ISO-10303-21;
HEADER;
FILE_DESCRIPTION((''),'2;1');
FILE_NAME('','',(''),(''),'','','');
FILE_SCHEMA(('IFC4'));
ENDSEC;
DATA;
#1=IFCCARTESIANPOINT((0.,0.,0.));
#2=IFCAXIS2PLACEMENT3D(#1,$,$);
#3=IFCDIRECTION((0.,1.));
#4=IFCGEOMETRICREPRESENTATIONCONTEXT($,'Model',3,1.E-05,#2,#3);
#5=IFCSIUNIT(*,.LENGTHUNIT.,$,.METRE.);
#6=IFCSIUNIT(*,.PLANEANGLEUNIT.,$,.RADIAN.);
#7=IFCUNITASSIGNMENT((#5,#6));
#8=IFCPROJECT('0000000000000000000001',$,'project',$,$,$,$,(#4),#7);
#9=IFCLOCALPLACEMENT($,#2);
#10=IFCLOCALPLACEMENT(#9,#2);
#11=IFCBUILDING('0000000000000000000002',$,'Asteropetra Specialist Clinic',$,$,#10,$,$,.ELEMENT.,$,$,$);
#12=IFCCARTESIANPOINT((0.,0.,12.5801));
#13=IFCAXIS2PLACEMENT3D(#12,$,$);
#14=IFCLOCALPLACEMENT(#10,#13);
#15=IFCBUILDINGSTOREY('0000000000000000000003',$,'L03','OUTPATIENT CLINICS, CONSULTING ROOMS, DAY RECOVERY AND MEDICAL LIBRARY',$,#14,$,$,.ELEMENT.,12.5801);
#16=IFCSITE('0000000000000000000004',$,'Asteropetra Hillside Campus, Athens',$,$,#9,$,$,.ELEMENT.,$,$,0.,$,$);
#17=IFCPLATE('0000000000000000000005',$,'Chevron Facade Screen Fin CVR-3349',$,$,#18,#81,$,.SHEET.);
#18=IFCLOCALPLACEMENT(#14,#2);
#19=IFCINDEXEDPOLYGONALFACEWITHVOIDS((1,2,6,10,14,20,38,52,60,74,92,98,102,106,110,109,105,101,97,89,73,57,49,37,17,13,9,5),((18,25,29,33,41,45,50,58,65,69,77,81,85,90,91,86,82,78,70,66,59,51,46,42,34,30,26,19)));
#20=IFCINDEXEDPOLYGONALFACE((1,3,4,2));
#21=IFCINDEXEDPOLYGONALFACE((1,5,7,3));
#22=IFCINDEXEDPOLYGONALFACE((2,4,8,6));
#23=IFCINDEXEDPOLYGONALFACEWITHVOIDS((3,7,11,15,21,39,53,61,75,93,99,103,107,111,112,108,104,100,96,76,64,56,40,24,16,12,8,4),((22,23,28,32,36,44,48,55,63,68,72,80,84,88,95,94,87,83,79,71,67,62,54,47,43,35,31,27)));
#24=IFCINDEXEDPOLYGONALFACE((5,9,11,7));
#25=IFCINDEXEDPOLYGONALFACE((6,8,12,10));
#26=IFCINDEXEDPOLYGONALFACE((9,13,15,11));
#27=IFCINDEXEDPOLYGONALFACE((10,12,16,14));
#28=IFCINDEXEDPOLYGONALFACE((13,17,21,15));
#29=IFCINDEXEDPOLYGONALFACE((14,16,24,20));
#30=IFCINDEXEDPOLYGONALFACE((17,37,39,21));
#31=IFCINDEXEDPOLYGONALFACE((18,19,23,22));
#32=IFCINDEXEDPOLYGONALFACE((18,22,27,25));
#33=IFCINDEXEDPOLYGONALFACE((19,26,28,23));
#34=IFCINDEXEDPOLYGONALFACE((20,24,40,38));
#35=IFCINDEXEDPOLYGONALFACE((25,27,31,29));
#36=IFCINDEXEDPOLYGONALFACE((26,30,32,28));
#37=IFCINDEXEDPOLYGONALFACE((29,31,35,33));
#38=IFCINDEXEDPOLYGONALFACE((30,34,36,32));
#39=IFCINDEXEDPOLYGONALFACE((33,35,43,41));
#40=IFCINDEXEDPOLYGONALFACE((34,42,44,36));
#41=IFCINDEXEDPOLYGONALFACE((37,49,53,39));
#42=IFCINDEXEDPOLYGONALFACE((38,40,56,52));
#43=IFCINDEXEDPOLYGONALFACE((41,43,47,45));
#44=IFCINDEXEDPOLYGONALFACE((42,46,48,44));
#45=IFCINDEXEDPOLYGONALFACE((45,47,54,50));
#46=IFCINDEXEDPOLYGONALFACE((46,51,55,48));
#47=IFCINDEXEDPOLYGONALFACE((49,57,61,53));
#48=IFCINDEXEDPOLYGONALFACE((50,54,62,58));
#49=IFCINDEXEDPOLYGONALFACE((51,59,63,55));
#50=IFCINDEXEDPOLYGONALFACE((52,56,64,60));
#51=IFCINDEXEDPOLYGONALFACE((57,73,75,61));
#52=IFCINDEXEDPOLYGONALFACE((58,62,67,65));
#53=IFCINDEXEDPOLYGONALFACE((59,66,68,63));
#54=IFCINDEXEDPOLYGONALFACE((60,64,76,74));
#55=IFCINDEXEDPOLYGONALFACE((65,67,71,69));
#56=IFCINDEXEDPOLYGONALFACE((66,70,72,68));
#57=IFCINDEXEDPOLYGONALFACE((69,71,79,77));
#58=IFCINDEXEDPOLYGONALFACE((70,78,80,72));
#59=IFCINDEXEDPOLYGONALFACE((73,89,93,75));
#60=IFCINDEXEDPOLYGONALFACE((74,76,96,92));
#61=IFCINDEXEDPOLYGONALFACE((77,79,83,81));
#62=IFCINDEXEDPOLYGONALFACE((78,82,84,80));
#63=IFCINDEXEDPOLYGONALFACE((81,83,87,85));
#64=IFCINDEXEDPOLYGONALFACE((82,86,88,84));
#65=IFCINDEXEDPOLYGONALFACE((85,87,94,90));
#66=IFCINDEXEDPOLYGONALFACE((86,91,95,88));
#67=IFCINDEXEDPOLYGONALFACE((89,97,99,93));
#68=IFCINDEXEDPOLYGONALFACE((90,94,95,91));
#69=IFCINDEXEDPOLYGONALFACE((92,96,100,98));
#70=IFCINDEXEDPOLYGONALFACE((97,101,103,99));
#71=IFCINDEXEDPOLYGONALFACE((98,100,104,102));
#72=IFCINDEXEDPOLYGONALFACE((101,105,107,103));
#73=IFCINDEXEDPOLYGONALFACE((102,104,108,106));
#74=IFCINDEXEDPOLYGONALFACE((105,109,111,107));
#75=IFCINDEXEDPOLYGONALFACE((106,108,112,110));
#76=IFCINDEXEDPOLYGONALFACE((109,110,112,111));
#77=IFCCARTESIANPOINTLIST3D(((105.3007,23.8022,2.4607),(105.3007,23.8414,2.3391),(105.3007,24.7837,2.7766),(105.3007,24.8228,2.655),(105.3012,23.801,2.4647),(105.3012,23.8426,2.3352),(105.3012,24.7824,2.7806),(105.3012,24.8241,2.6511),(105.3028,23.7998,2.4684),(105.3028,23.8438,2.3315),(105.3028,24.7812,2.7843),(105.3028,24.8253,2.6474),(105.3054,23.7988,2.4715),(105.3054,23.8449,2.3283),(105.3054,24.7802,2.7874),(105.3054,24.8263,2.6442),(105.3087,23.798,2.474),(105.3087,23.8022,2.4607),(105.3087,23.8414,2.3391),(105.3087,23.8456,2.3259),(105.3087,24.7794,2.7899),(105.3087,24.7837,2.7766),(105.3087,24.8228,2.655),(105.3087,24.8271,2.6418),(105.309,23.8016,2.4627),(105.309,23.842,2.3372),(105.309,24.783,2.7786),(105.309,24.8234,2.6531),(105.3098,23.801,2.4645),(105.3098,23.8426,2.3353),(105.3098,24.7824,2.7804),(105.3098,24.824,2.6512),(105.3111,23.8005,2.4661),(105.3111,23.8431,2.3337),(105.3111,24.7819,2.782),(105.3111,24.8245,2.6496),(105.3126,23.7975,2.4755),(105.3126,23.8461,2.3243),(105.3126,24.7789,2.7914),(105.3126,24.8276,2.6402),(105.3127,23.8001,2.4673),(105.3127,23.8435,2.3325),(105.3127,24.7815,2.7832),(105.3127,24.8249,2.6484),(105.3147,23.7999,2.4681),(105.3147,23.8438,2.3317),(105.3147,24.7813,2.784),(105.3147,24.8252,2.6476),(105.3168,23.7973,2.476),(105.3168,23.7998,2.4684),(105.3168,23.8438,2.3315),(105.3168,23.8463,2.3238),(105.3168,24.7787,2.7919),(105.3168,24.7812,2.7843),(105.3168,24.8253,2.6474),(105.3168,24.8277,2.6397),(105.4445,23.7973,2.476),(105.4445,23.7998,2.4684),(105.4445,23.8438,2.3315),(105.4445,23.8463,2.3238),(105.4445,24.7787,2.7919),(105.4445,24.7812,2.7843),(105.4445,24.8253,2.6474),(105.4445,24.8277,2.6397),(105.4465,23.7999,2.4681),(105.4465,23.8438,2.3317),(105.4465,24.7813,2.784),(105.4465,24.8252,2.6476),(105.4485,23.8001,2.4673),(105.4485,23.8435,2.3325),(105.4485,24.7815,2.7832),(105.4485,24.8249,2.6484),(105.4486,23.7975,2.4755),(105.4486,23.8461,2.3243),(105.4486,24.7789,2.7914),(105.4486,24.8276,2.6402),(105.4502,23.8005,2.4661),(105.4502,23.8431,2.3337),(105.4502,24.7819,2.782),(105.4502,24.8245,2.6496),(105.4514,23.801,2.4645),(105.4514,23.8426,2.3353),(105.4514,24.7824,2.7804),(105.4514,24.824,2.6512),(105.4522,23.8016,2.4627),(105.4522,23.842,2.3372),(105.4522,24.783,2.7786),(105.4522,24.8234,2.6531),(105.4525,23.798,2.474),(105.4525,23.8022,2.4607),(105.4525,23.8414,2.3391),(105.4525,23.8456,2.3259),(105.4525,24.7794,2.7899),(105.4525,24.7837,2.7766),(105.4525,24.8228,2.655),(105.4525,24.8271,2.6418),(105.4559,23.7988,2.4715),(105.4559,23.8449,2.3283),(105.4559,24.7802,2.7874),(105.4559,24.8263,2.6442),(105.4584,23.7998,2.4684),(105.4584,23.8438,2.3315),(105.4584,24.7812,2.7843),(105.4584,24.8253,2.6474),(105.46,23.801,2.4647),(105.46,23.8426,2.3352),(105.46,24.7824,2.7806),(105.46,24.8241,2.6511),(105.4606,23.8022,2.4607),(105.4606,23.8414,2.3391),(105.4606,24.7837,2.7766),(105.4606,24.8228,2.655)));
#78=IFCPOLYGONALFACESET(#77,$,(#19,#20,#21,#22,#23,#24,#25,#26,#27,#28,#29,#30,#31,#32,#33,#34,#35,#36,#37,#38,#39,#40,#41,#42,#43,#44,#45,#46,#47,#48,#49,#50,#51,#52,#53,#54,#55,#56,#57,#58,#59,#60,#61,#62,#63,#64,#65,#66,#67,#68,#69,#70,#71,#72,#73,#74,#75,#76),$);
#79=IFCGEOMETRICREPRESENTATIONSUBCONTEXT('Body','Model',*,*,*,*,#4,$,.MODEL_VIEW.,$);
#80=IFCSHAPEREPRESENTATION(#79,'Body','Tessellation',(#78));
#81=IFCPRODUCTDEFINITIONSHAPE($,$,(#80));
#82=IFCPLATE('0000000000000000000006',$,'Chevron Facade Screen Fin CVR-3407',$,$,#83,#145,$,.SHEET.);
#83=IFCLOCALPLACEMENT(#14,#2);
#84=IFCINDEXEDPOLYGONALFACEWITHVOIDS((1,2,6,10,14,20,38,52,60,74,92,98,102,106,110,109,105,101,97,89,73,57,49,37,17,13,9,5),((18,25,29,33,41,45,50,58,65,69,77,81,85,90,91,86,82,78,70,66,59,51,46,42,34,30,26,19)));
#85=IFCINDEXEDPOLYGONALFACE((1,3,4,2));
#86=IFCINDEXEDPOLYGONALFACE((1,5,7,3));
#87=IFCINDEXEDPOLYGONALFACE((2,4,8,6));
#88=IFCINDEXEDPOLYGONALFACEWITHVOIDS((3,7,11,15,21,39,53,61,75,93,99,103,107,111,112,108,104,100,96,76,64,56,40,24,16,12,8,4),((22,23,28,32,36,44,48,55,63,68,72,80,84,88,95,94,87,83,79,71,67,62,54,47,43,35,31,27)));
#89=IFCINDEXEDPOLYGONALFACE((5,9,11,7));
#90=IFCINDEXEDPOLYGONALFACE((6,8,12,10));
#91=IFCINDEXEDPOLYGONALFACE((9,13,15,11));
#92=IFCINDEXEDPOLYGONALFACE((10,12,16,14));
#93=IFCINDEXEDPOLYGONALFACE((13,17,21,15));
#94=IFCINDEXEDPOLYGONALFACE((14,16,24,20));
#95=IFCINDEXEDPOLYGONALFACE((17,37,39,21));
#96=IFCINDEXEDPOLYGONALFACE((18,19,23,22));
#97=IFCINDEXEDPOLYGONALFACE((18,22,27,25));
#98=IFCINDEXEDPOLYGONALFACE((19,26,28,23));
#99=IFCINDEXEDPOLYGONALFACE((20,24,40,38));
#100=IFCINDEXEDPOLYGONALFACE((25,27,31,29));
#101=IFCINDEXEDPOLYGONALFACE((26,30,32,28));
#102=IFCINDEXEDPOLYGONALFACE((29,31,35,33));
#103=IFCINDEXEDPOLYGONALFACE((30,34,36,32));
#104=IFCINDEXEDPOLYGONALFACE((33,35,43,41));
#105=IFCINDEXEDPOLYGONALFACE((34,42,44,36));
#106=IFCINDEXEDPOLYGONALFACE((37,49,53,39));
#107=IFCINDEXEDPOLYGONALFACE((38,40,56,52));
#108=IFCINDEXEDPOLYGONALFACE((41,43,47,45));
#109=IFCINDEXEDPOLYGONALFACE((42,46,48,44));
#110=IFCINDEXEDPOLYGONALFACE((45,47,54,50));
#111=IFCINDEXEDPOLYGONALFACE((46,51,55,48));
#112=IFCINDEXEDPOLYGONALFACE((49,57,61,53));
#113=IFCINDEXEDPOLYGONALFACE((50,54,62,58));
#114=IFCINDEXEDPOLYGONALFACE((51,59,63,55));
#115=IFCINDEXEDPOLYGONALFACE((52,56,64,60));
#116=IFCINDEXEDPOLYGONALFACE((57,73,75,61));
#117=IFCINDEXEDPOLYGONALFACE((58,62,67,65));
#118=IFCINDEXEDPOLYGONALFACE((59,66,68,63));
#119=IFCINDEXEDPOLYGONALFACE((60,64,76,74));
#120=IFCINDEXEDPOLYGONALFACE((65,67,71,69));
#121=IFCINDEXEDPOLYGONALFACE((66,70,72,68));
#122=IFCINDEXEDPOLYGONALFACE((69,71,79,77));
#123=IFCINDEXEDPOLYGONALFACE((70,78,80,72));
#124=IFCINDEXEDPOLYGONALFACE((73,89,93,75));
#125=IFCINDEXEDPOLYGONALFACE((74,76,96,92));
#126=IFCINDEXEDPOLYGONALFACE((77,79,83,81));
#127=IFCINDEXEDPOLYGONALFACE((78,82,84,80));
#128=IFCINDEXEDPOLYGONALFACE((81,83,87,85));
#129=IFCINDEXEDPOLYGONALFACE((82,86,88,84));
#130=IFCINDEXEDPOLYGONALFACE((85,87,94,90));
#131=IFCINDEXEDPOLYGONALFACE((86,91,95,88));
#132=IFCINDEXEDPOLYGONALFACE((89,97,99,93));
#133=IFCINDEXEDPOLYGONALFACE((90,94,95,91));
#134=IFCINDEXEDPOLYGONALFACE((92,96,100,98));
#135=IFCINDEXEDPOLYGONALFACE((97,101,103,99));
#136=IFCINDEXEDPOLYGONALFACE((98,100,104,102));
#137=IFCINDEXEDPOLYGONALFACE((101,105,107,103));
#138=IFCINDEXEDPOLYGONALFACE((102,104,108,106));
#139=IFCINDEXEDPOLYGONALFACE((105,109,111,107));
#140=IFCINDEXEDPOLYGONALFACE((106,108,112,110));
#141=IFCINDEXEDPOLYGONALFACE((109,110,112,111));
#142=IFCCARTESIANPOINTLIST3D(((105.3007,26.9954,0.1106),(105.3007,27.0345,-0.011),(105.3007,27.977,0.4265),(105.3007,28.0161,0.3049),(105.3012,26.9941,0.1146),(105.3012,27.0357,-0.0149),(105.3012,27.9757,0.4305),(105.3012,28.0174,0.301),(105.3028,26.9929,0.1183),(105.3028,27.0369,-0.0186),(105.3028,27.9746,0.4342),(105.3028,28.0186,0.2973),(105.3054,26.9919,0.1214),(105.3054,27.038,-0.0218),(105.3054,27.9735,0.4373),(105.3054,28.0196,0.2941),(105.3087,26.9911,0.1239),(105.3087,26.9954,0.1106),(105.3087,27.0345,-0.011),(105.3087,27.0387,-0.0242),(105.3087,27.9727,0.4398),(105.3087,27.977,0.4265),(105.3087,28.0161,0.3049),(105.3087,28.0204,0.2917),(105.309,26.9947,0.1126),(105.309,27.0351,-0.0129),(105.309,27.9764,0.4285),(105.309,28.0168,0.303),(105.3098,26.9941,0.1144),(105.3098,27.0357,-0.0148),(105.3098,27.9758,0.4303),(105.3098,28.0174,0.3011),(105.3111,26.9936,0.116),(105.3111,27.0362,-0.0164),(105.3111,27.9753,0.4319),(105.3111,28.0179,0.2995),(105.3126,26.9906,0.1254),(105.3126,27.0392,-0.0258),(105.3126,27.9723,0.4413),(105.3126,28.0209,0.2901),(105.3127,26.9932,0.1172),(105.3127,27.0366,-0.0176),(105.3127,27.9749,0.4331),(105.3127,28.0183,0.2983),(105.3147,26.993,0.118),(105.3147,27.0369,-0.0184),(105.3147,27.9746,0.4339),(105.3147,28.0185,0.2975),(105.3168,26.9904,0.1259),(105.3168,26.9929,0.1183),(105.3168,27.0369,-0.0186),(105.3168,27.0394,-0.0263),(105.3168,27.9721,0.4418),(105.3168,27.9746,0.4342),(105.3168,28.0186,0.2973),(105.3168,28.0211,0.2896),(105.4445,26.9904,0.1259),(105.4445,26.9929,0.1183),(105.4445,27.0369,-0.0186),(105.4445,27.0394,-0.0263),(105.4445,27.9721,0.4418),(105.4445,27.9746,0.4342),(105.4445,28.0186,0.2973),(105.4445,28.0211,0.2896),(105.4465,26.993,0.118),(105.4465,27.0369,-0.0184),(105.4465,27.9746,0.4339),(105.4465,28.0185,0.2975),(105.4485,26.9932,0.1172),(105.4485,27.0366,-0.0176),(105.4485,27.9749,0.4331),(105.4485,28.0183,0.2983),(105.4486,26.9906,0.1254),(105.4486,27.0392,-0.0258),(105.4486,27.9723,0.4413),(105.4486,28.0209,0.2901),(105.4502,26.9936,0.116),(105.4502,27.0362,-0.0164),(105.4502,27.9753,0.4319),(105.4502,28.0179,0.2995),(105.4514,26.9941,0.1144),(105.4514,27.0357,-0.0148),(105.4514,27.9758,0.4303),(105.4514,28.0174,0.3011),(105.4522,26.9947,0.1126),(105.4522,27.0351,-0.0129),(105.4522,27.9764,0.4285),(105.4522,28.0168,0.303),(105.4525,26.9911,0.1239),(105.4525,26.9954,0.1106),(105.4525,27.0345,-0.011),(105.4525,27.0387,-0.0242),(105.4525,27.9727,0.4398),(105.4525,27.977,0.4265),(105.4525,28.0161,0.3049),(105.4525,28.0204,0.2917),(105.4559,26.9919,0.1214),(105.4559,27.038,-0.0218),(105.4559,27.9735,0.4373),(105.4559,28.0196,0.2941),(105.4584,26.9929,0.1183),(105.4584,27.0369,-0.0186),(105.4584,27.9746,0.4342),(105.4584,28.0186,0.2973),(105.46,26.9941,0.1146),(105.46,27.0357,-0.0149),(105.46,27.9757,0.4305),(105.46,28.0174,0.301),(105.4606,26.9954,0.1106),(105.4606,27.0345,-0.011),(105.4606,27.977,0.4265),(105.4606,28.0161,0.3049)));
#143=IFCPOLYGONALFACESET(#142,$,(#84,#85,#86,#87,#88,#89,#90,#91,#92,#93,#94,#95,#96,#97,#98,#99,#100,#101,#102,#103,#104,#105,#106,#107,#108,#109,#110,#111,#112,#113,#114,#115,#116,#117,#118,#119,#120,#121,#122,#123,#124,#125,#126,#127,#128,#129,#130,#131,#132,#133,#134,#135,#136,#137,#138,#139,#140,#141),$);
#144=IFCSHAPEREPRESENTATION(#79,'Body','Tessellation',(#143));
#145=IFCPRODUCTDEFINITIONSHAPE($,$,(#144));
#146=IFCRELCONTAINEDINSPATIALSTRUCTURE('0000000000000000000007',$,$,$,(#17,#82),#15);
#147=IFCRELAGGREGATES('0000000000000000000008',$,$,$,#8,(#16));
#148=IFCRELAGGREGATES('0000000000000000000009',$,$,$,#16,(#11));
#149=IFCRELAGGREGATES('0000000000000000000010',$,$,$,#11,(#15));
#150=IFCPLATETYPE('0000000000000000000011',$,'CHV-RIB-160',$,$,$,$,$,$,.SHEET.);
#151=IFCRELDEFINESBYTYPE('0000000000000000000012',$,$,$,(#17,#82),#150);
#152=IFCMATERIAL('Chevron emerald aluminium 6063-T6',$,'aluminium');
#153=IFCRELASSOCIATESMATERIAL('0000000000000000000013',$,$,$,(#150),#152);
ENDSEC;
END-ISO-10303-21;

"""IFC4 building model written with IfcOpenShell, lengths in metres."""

from ifc_helpers import new_model, si_unit, direction, frame, origin, origin_2d, place, context, subcontext, project, spatial, hollow_rectangle, extrude, material, material_profile, profile_set, type_object, element, save


model = new_model("IFC4")

# Units and contexts
model_context = context("Model", 3, precision=1e-05, world=origin(), true_north=direction((0.0, 1.0)))
body_context = subcontext(model_context, "Body", "Model", "MODEL_VIEW")
ifc_project = project(units=[si_unit("LENGTHUNIT", "METRE"), si_unit("PLANEANGLEUNIT", "RADIAN")], contexts=[model_context])

# Site, building, storey
site_placement = place(None, origin())
site = spatial("IfcSite", under=ifc_project, at=site_placement, Name="Asteropetra Hillside Campus, Athens", CompositionType="ELEMENT", RefElevation=0.0)
building_placement = place(site_placement, origin())
building = spatial("IfcBuilding", under=site, at=building_placement, Name="Asteropetra Specialist Clinic", CompositionType="ELEMENT")
storey_placement = place(building_placement, frame((0.0, 0.0, 12.5801)))
storey = spatial("IfcBuildingStorey", under=building, at=storey_placement, Name="L03", Description="OUTPATIENT CLINICS, CONSULTING ROOMS, DAY RECOVERY AND MEDICAL LIBRARY", CompositionType="ELEMENT", Elevation=12.5801)

# Plates
ifc_material_1 = material(Name="Chevron emerald aluminium 6063-T6", Category="aluminium")
ifc_material_profile_1 = material_profile(ifc_material_1, hollow_rectangle(XDim=0.1599, YDim=0.1599, WallThickness=0.0081, InnerFilletRadius=0.0081, OuterFilletRadius=0.0161, at=origin_2d()), Name="SHS 160x160x8.0")
ifc_profile_set_1 = profile_set([ifc_material_profile_1], Name="Chevron emerald aluminium 6063-T6")
plate_type_1 = type_object("IfcPlateType", Name="CHV-RIB-160", PredefinedType="SHEET", material=ifc_profile_set_1)
plate_1_placement = place(storey_placement, frame((105.3806, 24.8032, 2.7158), z_axis=(0.0, -0.9519, -0.306408), x_axis=(1.0, 0.0, 0.0)))
element("IfcPlate", 1, at=plate_1_placement, inside=storey, type_object=plate_type_1, Name="Chevron Facade Screen Fin CVR-3349", PredefinedType="SHEET", context=body_context, shape_type="SweptSolid", body=[
    extrude(hollow_rectangle(XDim=0.1599, YDim=0.1599, WallThickness=0.0081, InnerFilletRadius=0.0081, OuterFilletRadius=0.0161, at=origin_2d()), origin(), (0.0, 0.0, 1.0), 1.031),
])
for number, where, z_axis, x_axis, name in (
    (2, (105.3806, 27.9966, 0.3657), (0.0, -0.951923, -0.306339), (1.0, 0.0, 0.0), "Chevron Facade Screen Fin CVR-3407"),
):
    element("IfcPlate", number, at=place(storey_placement, frame(where, z_axis=z_axis, x_axis=x_axis)), inside=storey, type_object=plate_type_1, Name=name, PredefinedType="SHEET", context=body_context, shape_type="SweptSolid", body=[
        extrude(hollow_rectangle(XDim=0.1599, YDim=0.1599, WallThickness=0.0081, InnerFilletRadius=0.0081, OuterFilletRadius=0.0161, at=origin_2d()), origin(), (0.0, 0.0, 1.0), 1.0312),
    ])

save(model, "model.ifc")
